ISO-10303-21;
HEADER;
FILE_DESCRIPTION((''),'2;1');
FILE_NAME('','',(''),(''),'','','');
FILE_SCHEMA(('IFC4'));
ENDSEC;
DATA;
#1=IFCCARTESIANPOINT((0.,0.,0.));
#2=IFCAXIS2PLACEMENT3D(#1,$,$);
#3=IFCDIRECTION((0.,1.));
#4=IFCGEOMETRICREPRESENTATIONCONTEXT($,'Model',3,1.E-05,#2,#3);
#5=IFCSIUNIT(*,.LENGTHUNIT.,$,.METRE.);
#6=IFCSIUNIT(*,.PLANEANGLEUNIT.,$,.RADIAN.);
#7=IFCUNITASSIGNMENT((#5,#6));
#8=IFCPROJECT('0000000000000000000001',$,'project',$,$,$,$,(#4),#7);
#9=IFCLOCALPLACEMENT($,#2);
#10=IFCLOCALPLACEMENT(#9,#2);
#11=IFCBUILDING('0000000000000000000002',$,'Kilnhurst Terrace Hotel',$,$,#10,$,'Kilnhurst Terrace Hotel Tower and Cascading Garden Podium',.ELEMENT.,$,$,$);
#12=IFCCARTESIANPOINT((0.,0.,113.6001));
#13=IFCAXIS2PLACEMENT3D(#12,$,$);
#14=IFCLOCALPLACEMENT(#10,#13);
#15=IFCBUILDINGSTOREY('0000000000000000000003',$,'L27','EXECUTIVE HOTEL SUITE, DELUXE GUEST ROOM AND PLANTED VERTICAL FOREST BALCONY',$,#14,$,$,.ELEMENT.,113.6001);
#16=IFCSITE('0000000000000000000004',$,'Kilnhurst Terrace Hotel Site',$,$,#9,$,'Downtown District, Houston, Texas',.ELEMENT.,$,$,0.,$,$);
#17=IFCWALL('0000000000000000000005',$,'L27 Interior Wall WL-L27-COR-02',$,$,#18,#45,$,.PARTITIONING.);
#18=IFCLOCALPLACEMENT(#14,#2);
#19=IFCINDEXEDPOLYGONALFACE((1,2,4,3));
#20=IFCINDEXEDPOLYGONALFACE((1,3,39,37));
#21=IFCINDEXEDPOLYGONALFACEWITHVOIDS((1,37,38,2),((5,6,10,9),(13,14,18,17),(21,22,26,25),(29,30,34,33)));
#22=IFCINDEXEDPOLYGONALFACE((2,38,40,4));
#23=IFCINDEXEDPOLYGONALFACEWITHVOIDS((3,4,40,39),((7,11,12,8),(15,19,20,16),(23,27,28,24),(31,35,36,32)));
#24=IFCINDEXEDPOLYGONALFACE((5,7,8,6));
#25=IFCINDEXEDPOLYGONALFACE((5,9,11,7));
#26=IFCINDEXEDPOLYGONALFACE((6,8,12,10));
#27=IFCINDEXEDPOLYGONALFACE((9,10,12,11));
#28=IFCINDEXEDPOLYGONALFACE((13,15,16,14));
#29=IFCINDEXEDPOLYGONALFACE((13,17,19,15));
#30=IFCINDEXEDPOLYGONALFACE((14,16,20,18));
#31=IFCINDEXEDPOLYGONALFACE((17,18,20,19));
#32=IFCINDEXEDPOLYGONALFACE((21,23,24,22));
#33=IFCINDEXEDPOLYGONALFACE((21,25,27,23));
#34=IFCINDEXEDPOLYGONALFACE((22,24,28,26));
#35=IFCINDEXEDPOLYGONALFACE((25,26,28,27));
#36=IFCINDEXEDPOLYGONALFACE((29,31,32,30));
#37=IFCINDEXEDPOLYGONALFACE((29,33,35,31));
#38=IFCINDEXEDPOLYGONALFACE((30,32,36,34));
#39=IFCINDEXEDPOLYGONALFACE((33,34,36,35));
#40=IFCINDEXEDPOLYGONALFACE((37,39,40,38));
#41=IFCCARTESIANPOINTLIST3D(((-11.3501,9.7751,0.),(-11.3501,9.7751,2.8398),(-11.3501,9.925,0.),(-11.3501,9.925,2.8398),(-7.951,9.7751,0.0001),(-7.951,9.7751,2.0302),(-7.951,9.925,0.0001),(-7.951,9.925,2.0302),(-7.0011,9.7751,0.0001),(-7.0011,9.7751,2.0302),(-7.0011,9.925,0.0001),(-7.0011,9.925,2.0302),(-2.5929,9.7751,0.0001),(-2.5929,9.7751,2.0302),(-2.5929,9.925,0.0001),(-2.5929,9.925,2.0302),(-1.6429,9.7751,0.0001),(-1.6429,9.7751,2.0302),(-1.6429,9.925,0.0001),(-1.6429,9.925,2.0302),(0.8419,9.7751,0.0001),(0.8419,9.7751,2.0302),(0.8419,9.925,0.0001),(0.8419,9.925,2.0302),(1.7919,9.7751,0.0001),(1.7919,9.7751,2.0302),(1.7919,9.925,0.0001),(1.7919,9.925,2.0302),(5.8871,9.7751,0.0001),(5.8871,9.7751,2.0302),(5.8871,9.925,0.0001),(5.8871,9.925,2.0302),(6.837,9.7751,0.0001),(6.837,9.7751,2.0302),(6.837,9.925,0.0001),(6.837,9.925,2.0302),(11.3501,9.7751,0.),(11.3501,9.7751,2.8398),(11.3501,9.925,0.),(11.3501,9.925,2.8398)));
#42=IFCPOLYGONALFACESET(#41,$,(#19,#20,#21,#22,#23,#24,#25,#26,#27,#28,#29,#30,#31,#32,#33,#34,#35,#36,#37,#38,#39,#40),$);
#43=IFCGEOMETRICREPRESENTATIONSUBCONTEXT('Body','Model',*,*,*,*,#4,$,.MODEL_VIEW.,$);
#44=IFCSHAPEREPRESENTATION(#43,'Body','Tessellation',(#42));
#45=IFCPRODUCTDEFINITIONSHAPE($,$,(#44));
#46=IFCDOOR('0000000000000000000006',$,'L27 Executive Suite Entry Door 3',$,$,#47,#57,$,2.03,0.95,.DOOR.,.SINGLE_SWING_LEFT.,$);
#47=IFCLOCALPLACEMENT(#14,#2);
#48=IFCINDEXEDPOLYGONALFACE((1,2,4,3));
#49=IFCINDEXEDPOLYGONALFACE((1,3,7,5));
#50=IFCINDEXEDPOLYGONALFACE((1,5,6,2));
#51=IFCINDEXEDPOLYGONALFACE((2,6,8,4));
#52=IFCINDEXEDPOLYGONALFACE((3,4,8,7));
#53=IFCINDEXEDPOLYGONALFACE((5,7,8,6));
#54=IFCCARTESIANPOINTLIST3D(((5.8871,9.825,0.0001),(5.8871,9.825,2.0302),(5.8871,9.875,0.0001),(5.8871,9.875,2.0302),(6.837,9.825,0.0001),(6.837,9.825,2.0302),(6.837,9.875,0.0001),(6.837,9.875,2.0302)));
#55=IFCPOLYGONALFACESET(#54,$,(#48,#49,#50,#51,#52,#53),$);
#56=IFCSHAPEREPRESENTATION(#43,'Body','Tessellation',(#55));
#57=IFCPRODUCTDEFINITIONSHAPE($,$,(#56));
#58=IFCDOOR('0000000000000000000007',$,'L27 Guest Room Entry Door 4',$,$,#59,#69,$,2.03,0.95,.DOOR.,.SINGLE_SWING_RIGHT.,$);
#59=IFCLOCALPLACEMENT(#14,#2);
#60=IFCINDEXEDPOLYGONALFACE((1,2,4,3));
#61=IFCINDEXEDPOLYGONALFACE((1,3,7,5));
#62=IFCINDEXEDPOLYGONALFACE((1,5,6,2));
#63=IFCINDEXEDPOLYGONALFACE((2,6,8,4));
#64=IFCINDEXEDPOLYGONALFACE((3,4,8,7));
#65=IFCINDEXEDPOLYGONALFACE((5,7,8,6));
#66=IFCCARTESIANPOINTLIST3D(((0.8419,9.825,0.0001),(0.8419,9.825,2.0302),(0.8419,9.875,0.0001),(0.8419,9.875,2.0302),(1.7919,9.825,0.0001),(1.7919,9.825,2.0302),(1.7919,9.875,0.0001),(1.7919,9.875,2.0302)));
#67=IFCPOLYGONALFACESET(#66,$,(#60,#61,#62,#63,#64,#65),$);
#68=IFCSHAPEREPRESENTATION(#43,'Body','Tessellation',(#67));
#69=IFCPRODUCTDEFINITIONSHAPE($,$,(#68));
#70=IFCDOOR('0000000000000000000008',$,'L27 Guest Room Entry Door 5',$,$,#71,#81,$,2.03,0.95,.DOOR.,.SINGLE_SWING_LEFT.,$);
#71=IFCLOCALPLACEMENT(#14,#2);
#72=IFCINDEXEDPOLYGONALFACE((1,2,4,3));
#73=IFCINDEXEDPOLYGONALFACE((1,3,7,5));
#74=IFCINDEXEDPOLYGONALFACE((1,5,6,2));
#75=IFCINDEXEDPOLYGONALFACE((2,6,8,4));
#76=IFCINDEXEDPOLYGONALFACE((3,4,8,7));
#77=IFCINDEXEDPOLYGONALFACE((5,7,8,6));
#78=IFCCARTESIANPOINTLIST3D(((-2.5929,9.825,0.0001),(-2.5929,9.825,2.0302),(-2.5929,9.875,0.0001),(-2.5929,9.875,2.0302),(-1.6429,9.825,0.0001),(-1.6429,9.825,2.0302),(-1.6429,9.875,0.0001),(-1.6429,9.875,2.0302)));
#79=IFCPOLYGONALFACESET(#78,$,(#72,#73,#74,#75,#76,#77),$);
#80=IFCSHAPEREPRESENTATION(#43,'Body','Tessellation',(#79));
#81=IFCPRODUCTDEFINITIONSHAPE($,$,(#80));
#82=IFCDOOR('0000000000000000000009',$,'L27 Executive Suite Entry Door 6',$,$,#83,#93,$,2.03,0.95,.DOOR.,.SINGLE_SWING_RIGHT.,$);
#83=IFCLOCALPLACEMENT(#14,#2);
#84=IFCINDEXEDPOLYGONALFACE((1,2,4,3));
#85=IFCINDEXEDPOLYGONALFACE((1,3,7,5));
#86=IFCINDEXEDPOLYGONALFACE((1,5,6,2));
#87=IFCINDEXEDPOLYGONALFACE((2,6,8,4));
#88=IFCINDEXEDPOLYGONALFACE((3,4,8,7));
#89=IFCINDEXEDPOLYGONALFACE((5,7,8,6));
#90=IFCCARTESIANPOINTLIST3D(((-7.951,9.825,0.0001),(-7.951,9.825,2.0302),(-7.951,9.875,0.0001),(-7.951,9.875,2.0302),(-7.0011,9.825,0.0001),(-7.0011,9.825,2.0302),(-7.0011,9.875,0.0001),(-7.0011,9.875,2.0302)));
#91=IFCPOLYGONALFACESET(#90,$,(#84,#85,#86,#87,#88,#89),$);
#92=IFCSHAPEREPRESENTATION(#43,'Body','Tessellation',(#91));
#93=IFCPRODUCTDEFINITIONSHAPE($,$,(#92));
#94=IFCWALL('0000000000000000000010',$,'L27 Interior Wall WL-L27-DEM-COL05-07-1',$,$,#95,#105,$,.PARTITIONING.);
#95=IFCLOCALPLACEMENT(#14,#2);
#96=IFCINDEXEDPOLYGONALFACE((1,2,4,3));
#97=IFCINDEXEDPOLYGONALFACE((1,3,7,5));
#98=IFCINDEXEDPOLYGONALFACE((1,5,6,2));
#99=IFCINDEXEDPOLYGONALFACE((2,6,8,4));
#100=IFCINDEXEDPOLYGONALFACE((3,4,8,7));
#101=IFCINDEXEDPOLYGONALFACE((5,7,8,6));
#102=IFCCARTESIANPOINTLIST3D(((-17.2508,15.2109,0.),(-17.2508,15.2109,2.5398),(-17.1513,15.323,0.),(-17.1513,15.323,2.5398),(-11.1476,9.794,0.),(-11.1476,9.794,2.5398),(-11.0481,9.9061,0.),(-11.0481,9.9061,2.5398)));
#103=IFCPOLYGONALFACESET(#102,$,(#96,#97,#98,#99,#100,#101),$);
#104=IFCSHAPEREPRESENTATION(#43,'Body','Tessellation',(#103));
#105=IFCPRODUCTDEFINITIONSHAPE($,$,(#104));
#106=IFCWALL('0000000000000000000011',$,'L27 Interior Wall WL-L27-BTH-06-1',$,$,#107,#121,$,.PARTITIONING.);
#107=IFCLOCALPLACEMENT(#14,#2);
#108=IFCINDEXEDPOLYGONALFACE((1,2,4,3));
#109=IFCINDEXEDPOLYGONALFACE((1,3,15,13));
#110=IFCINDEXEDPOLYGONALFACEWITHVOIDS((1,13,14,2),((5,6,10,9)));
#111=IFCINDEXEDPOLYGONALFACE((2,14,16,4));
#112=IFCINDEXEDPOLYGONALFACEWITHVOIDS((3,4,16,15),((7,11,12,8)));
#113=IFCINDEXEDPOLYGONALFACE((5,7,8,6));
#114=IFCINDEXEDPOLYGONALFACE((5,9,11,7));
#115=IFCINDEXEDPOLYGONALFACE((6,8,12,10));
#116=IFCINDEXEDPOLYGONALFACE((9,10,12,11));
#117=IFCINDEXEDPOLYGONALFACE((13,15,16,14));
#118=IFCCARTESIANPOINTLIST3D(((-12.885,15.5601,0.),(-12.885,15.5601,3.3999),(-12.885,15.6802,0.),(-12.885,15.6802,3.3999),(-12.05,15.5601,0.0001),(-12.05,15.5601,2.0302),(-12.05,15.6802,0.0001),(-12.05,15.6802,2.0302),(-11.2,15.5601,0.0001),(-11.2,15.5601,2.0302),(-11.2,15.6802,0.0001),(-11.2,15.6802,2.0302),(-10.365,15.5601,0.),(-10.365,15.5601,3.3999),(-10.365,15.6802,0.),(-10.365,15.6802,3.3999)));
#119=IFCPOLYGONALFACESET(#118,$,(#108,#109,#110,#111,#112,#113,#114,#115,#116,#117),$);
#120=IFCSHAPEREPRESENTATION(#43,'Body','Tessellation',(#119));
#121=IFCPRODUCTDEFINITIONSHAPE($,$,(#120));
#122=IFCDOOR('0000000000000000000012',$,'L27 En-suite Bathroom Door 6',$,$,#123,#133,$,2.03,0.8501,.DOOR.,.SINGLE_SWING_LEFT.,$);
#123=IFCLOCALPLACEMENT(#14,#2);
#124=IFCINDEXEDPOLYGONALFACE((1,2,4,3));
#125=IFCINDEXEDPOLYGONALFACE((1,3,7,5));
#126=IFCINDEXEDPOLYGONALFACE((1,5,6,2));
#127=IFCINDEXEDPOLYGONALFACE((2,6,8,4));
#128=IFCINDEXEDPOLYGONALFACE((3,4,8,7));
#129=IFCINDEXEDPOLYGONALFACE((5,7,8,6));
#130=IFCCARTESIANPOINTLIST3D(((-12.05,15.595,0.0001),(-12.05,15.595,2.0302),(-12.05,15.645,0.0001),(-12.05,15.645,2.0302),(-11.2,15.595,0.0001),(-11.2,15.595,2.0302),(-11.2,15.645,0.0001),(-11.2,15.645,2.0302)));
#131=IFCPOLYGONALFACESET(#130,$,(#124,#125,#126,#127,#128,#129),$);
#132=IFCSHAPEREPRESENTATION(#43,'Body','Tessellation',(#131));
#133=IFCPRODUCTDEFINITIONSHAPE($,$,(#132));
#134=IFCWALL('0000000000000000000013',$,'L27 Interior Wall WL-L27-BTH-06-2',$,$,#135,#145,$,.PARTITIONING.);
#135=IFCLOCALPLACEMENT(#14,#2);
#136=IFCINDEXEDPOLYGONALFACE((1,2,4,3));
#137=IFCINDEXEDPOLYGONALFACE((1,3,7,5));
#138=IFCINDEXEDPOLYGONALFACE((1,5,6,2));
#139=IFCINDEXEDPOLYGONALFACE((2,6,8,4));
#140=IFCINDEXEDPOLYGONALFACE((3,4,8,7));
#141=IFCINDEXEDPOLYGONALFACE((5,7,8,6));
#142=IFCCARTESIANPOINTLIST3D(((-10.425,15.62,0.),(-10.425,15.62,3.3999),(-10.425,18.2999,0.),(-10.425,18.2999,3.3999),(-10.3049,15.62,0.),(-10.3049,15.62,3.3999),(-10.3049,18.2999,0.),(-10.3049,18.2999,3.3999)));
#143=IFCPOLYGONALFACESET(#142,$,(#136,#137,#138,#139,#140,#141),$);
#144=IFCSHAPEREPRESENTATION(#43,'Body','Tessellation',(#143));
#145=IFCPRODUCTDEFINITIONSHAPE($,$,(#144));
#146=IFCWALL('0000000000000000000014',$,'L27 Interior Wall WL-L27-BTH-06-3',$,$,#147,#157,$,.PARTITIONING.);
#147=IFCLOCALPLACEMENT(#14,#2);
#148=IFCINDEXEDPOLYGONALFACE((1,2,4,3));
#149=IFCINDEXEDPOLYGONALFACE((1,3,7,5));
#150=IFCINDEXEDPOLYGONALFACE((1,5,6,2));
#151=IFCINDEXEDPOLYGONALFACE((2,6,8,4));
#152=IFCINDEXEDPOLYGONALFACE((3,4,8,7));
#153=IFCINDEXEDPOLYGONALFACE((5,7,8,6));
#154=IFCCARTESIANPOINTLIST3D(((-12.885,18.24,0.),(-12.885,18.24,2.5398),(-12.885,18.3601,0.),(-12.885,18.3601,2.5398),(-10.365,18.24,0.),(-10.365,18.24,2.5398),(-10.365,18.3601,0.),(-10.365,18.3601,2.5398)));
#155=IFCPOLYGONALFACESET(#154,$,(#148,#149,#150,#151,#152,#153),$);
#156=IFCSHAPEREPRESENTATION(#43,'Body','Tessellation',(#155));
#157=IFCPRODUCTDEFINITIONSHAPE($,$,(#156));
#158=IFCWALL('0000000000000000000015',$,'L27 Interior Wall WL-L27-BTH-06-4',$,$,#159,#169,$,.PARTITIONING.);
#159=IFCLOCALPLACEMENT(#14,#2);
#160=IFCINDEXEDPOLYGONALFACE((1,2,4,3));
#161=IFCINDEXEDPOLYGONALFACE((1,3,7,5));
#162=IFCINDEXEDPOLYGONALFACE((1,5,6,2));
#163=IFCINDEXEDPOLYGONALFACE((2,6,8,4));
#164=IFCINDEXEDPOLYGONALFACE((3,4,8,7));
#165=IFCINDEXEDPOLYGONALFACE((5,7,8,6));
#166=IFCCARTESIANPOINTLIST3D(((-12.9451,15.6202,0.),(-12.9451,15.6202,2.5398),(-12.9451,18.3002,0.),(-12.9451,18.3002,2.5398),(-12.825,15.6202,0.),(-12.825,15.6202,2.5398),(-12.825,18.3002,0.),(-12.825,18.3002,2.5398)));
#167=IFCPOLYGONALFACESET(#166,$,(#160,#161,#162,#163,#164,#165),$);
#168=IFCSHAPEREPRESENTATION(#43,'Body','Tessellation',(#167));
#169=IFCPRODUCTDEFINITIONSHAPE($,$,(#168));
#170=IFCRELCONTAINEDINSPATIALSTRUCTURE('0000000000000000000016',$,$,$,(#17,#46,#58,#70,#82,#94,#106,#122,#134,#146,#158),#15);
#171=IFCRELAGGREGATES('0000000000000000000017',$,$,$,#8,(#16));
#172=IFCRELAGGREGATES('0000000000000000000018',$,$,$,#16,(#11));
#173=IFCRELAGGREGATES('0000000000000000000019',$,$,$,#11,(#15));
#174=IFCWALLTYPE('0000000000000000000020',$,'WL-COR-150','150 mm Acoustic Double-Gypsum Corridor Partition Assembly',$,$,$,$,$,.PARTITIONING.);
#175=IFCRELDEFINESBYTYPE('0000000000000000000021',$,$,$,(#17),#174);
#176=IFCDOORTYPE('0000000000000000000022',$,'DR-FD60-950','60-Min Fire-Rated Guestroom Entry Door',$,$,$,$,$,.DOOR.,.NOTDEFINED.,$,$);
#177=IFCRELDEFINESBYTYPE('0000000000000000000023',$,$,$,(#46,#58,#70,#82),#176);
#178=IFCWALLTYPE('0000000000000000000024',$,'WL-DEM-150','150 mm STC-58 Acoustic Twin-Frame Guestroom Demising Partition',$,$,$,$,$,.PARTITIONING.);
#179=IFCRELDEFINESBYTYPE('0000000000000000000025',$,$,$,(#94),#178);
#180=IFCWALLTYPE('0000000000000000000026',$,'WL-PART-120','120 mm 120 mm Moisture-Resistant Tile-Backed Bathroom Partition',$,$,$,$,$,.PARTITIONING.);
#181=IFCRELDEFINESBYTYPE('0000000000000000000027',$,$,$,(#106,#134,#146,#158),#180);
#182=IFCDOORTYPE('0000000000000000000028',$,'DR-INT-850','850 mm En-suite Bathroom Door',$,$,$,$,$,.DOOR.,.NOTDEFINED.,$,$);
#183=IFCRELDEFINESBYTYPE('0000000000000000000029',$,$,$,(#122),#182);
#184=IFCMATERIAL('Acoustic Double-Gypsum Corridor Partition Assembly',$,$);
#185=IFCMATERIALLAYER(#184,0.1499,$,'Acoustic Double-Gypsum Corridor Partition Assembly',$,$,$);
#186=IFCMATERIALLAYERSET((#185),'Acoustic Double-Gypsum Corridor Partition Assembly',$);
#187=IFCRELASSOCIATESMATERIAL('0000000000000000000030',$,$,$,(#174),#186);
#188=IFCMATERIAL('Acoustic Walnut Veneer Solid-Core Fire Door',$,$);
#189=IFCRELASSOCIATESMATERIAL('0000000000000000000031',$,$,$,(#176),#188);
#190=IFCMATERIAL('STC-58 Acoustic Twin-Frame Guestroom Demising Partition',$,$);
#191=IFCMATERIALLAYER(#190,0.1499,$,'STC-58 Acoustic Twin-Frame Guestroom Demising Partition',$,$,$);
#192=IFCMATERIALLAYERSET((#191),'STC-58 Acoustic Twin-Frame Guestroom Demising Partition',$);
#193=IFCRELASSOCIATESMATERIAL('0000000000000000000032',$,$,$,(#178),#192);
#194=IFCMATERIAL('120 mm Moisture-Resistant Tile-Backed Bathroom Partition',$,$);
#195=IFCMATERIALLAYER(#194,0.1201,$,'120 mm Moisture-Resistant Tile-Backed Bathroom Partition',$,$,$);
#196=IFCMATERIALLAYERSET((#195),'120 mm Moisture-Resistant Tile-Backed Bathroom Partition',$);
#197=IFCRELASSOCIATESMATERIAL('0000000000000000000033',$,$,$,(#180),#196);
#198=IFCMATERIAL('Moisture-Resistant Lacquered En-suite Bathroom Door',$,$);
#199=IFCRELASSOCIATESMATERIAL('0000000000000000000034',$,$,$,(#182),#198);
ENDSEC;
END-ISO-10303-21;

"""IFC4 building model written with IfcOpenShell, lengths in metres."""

from ifc_helpers import new_model, si_unit, direction, frame, frame_2d, origin, place, context, subcontext, project, spatial, rectangle, extrude, material, layer, layer_set, type_object, element, fill, save


model = new_model("IFC4")

# Units and contexts
model_context = context("Model", 3, precision=1e-05, world=origin(), true_north=direction((0.0, 1.0)))
body_context = subcontext(model_context, "Body", "Model", "MODEL_VIEW")
ifc_project = project(units=[si_unit("LENGTHUNIT", "METRE"), si_unit("PLANEANGLEUNIT", "RADIAN")], contexts=[model_context])

# Site, building, storey
site_placement = place(None, origin())
site = spatial("IfcSite", under=ifc_project, at=site_placement, Name="Kilnhurst Terrace Hotel Site", LongName="Downtown District, Houston, Texas", CompositionType="ELEMENT", RefElevation=0.0)
building_placement = place(site_placement, origin())
building = spatial("IfcBuilding", under=site, at=building_placement, Name="Kilnhurst Terrace Hotel", LongName="Kilnhurst Terrace Hotel Tower and Cascading Garden Podium", CompositionType="ELEMENT")
storey_placement = place(building_placement, frame((0.0, 0.0, 113.6001)))
storey = spatial("IfcBuildingStorey", under=building, at=storey_placement, Name="L27", Description="EXECUTIVE HOTEL SUITE, DELUXE GUEST ROOM AND PLANTED VERTICAL FOREST BALCONY", CompositionType="ELEMENT", Elevation=113.6001)

# Wall, openings, doors
ifc_material_1 = material(Name="Acoustic Double-Gypsum Corridor Partition Assembly")
ifc_layer_1 = layer(ifc_material_1, 0.1499, Name="Acoustic Double-Gypsum Corridor Partition Assembly")
ifc_layer_set_1 = layer_set([ifc_layer_1], Name="Acoustic Double-Gypsum Corridor Partition Assembly")
wall_type_1 = type_object("IfcWallType", Name="WL-COR-150", Description="150 mm Acoustic Double-Gypsum Corridor Partition Assembly", PredefinedType="PARTITIONING", material=ifc_layer_set_1)
wall_1_placement = place(storey_placement, frame((-11.3501, 9.8501, 0.0), z_axis=(0.0, 0.0, 1.0), x_axis=(1.0, 0.0, 0.0)))
wall_1 = element("IfcWall", 1, at=wall_1_placement, inside=storey, type_object=wall_type_1, Name="L27 Interior Wall WL-L27-COR-02", PredefinedType="PARTITIONING", context=body_context, shape_type="SweptSolid", body=[
    extrude(rectangle(XDim=22.7002, YDim=0.1499, at=frame_2d((11.3501, 0.0))), origin(), (0.0, 0.0, 1.0), 2.8398),
])
opening_1_placement = place(wall_1_placement, frame((17.2371, 0.0, 0.0)))
opening_1 = element("IfcOpeningElement", 2, at=opening_1_placement, cuts=wall_1, PredefinedType="OPENING", context=body_context, shape_type="SweptSolid", body=[
    extrude(rectangle(XDim=0.95, YDim=2.03, at=frame_2d((0.4751, 1.0151))), frame((0.0, 0.085, 0.0), z_axis=(0.0, -1.0, 0.0), x_axis=(1.0, 0.0, 0.0)), (0.0, 0.0, 1.0), 0.1699),
])
opening_2_placement = place(wall_1_placement, frame((12.1919, 0.0, 0.0)))
opening_2 = element("IfcOpeningElement", 3, at=opening_2_placement, cuts=wall_1, PredefinedType="OPENING", context=body_context, shape_type="SweptSolid", body=[
    extrude(rectangle(XDim=0.95, YDim=2.03, at=frame_2d((0.4751, 1.0151))), frame((0.0, 0.085, 0.0), z_axis=(0.0, -1.0, 0.0), x_axis=(1.0, 0.0, 0.0)), (0.0, 0.0, 1.0), 0.1699),
])
opening_3_placement = place(wall_1_placement, frame((8.7571, 0.0, 0.0)))
opening_3 = element("IfcOpeningElement", 4, at=opening_3_placement, cuts=wall_1, PredefinedType="OPENING", context=body_context, shape_type="SweptSolid", body=[
    extrude(rectangle(XDim=0.95, YDim=2.03, at=frame_2d((0.4751, 1.0151))), frame((0.0, 0.085, 0.0), z_axis=(0.0, -1.0, 0.0), x_axis=(1.0, 0.0, 0.0)), (0.0, 0.0, 1.0), 0.1699),
])
opening_4_placement = place(wall_1_placement, frame((3.3989, 0.0, 0.0)))
opening_4 = element("IfcOpeningElement", 5, at=opening_4_placement, cuts=wall_1, PredefinedType="OPENING", context=body_context, shape_type="SweptSolid", body=[
    extrude(rectangle(XDim=0.95, YDim=2.03, at=frame_2d((0.4751, 1.0151))), frame((0.0, 0.085, 0.0), z_axis=(0.0, -1.0, 0.0), x_axis=(1.0, 0.0, 0.0)), (0.0, 0.0, 1.0), 0.1699),
])
ifc_material_2 = material(Name="Acoustic Walnut Veneer Solid-Core Fire Door")
door_type_1 = type_object("IfcDoorType", Name="DR-FD60-950", Description="60-Min Fire-Rated Guestroom Entry Door", OperationType="NOTDEFINED", PredefinedType="DOOR", material=ifc_material_2)
door_1_placement = place(opening_1_placement, origin())
door_1 = element("IfcDoor", 6, at=door_1_placement, inside=storey, type_object=door_type_1, Name="L27 Executive Suite Entry Door 3", OperationType="SINGLE_SWING_LEFT", OverallHeight=2.03, OverallWidth=0.95, PredefinedType="DOOR", context=body_context, shape_type="SweptSolid", body=[
    extrude(rectangle(XDim=0.95, YDim=2.03, at=frame_2d((0.4751, 1.0151))), frame((0.0, 0.0249, 0.0), z_axis=(0.0, -1.0, 0.0), x_axis=(1.0, 0.0, 0.0)), (0.0, 0.0, 1.0), 0.05),
])
fill(opening_1, door_1)
door_2_placement = place(opening_2_placement, origin())
door_2 = element("IfcDoor", 7, at=door_2_placement, inside=storey, type_object=door_type_1, Name="L27 Guest Room Entry Door 4", OperationType="SINGLE_SWING_RIGHT", OverallHeight=2.03, OverallWidth=0.95, PredefinedType="DOOR", context=body_context, shape_type="SweptSolid", body=[
    extrude(rectangle(XDim=0.95, YDim=2.03, at=frame_2d((0.4751, 1.0151))), frame((0.0, 0.0249, 0.0), z_axis=(0.0, -1.0, 0.0), x_axis=(1.0, 0.0, 0.0)), (0.0, 0.0, 1.0), 0.05),
])
fill(opening_2, door_2)
door_3_placement = place(opening_3_placement, origin())
door_3 = element("IfcDoor", 8, at=door_3_placement, inside=storey, type_object=door_type_1, Name="L27 Guest Room Entry Door 5", OperationType="SINGLE_SWING_LEFT", OverallHeight=2.03, OverallWidth=0.95, PredefinedType="DOOR", context=body_context, shape_type="SweptSolid", body=[
    extrude(rectangle(XDim=0.95, YDim=2.03, at=frame_2d((0.4751, 1.0151))), frame((0.0, 0.0249, 0.0), z_axis=(0.0, -1.0, 0.0), x_axis=(1.0, 0.0, 0.0)), (0.0, 0.0, 1.0), 0.05),
])
fill(opening_3, door_3)
door_4_placement = place(opening_4_placement, origin())
door_4 = element("IfcDoor", 9, at=door_4_placement, inside=storey, type_object=door_type_1, Name="L27 Executive Suite Entry Door 6", OperationType="SINGLE_SWING_RIGHT", OverallHeight=2.03, OverallWidth=0.95, PredefinedType="DOOR", context=body_context, shape_type="SweptSolid", body=[
    extrude(rectangle(XDim=0.95, YDim=2.03, at=frame_2d((0.4751, 1.0151))), frame((0.0, 0.0249, 0.0), z_axis=(0.0, -1.0, 0.0), x_axis=(1.0, 0.0, 0.0)), (0.0, 0.0, 1.0), 0.05),
])
fill(opening_4, door_4)

# Wall
ifc_material_3 = material(Name="STC-58 Acoustic Twin-Frame Guestroom Demising Partition")
ifc_layer_2 = layer(ifc_material_3, 0.1499, Name="STC-58 Acoustic Twin-Frame Guestroom Demising Partition")
ifc_layer_set_2 = layer_set([ifc_layer_2], Name="STC-58 Acoustic Twin-Frame Guestroom Demising Partition")
wall_type_2 = type_object("IfcWallType", Name="WL-DEM-150", Description="150 mm STC-58 Acoustic Twin-Frame Guestroom Demising Partition", PredefinedType="PARTITIONING", material=ifc_layer_set_2)
wall_2_placement = place(storey_placement, frame((-11.0979, 9.8501, 0.0), z_axis=(0.0, 0.0, 1.0), x_axis=(-0.747904, 0.663807, 0.0)))
element("IfcWall", 10, at=wall_2_placement, inside=storey, type_object=wall_type_2, Name="L27 Interior Wall WL-L27-DEM-COL05-07-1", PredefinedType="PARTITIONING", context=body_context, shape_type="SweptSolid", body=[
    extrude(rectangle(XDim=8.1604, YDim=0.1499, at=frame_2d((4.0801, 0.0))), origin(), (0.0, 0.0, 1.0), 2.5398),
])

# Wall, opening, door
ifc_material_4 = material(Name="120 mm Moisture-Resistant Tile-Backed Bathroom Partition")
ifc_layer_3 = layer(ifc_material_4, 0.1201, Name="120 mm Moisture-Resistant Tile-Backed Bathroom Partition")
ifc_layer_set_3 = layer_set([ifc_layer_3], Name="120 mm Moisture-Resistant Tile-Backed Bathroom Partition")
wall_type_3 = type_object("IfcWallType", Name="WL-PART-120", Description="120 mm 120 mm Moisture-Resistant Tile-Backed Bathroom Partition", PredefinedType="PARTITIONING", material=ifc_layer_set_3)
wall_3_placement = place(storey_placement, frame((-12.885, 15.6201, 0.0), z_axis=(0.0, 0.0, 1.0), x_axis=(1.0, 0.0, 0.0)))
wall_3 = element("IfcWall", 11, at=wall_3_placement, inside=storey, type_object=wall_type_3, Name="L27 Interior Wall WL-L27-BTH-06-1", PredefinedType="PARTITIONING", context=body_context, shape_type="SweptSolid", body=[
    extrude(rectangle(XDim=2.52, YDim=0.1201, at=frame_2d((1.26, 0.0))), origin(), (0.0, 0.0, 1.0), 3.3999),
])
opening_5_placement = place(wall_3_placement, frame((0.835, 0.0, 0.0)))
opening_5 = element("IfcOpeningElement", 12, at=opening_5_placement, cuts=wall_3, PredefinedType="OPENING", context=body_context, shape_type="SweptSolid", body=[
    extrude(rectangle(XDim=0.8501, YDim=2.03, at=frame_2d((0.425, 1.0151))), frame((0.0, 0.0701, 0.0), z_axis=(0.0, -1.0, 0.0), x_axis=(1.0, 0.0, 0.0)), (0.0, 0.0, 1.0), 0.1401),
])
ifc_material_5 = material(Name="Moisture-Resistant Lacquered En-suite Bathroom Door")
door_type_2 = type_object("IfcDoorType", Name="DR-INT-850", Description="850 mm En-suite Bathroom Door", OperationType="NOTDEFINED", PredefinedType="DOOR", material=ifc_material_5)
door_5_placement = place(opening_5_placement, origin())
door_5 = element("IfcDoor", 13, at=door_5_placement, inside=storey, type_object=door_type_2, Name="L27 En-suite Bathroom Door 6", OperationType="SINGLE_SWING_LEFT", OverallHeight=2.03, OverallWidth=0.8501, PredefinedType="DOOR", context=body_context, shape_type="SweptSolid", body=[
    extrude(rectangle(XDim=0.8501, YDim=2.03, at=frame_2d((0.425, 1.0151))), frame((0.0, 0.0249, 0.0), z_axis=(0.0, -1.0, 0.0), x_axis=(1.0, 0.0, 0.0)), (0.0, 0.0, 1.0), 0.05),
])
fill(opening_5, door_5)

# Walls
wall_4_placement = place(storey_placement, frame((-10.365, 15.6201, 0.0), z_axis=(0.0, 0.0, 1.0), x_axis=(0.0, 1.0, 0.0)))
element("IfcWall", 14, at=wall_4_placement, inside=storey, type_object=wall_type_3, Name="L27 Interior Wall WL-L27-BTH-06-2", PredefinedType="PARTITIONING", context=body_context, shape_type="SweptSolid", body=[
    extrude(rectangle(XDim=2.6799, YDim=0.1201, at=frame_2d((1.3398, 0.0))), origin(), (0.0, 0.0, 1.0), 3.3999),
])
wall_5_placement = place(storey_placement, frame((-10.365, 18.3, 0.0), z_axis=(0.0, 0.0, 1.0), x_axis=(-1.0, 0.0, 0.0)))
element("IfcWall", 15, at=wall_5_placement, inside=storey, type_object=wall_type_3, Name="L27 Interior Wall WL-L27-BTH-06-3", PredefinedType="PARTITIONING", context=body_context, shape_type="SweptSolid", body=[
    extrude(rectangle(XDim=2.52, YDim=0.1201, at=frame_2d((1.26, 0.0))), origin(), (0.0, 0.0, 1.0), 2.5398),
])
wall_6_placement = place(storey_placement, frame((-12.885, 18.3, 0.0), z_axis=(0.0, 0.0, 1.0), x_axis=(0.0, -1.0, 0.0)))
element("IfcWall", 16, at=wall_6_placement, inside=storey, type_object=wall_type_3, Name="L27 Interior Wall WL-L27-BTH-06-4", PredefinedType="PARTITIONING", context=body_context, shape_type="SweptSolid", body=[
    extrude(rectangle(XDim=2.6799, YDim=0.1201, at=frame_2d((1.3398, 0.0))), origin(), (0.0, 0.0, 1.0), 2.5398),
])

save(model, "model.ifc")
